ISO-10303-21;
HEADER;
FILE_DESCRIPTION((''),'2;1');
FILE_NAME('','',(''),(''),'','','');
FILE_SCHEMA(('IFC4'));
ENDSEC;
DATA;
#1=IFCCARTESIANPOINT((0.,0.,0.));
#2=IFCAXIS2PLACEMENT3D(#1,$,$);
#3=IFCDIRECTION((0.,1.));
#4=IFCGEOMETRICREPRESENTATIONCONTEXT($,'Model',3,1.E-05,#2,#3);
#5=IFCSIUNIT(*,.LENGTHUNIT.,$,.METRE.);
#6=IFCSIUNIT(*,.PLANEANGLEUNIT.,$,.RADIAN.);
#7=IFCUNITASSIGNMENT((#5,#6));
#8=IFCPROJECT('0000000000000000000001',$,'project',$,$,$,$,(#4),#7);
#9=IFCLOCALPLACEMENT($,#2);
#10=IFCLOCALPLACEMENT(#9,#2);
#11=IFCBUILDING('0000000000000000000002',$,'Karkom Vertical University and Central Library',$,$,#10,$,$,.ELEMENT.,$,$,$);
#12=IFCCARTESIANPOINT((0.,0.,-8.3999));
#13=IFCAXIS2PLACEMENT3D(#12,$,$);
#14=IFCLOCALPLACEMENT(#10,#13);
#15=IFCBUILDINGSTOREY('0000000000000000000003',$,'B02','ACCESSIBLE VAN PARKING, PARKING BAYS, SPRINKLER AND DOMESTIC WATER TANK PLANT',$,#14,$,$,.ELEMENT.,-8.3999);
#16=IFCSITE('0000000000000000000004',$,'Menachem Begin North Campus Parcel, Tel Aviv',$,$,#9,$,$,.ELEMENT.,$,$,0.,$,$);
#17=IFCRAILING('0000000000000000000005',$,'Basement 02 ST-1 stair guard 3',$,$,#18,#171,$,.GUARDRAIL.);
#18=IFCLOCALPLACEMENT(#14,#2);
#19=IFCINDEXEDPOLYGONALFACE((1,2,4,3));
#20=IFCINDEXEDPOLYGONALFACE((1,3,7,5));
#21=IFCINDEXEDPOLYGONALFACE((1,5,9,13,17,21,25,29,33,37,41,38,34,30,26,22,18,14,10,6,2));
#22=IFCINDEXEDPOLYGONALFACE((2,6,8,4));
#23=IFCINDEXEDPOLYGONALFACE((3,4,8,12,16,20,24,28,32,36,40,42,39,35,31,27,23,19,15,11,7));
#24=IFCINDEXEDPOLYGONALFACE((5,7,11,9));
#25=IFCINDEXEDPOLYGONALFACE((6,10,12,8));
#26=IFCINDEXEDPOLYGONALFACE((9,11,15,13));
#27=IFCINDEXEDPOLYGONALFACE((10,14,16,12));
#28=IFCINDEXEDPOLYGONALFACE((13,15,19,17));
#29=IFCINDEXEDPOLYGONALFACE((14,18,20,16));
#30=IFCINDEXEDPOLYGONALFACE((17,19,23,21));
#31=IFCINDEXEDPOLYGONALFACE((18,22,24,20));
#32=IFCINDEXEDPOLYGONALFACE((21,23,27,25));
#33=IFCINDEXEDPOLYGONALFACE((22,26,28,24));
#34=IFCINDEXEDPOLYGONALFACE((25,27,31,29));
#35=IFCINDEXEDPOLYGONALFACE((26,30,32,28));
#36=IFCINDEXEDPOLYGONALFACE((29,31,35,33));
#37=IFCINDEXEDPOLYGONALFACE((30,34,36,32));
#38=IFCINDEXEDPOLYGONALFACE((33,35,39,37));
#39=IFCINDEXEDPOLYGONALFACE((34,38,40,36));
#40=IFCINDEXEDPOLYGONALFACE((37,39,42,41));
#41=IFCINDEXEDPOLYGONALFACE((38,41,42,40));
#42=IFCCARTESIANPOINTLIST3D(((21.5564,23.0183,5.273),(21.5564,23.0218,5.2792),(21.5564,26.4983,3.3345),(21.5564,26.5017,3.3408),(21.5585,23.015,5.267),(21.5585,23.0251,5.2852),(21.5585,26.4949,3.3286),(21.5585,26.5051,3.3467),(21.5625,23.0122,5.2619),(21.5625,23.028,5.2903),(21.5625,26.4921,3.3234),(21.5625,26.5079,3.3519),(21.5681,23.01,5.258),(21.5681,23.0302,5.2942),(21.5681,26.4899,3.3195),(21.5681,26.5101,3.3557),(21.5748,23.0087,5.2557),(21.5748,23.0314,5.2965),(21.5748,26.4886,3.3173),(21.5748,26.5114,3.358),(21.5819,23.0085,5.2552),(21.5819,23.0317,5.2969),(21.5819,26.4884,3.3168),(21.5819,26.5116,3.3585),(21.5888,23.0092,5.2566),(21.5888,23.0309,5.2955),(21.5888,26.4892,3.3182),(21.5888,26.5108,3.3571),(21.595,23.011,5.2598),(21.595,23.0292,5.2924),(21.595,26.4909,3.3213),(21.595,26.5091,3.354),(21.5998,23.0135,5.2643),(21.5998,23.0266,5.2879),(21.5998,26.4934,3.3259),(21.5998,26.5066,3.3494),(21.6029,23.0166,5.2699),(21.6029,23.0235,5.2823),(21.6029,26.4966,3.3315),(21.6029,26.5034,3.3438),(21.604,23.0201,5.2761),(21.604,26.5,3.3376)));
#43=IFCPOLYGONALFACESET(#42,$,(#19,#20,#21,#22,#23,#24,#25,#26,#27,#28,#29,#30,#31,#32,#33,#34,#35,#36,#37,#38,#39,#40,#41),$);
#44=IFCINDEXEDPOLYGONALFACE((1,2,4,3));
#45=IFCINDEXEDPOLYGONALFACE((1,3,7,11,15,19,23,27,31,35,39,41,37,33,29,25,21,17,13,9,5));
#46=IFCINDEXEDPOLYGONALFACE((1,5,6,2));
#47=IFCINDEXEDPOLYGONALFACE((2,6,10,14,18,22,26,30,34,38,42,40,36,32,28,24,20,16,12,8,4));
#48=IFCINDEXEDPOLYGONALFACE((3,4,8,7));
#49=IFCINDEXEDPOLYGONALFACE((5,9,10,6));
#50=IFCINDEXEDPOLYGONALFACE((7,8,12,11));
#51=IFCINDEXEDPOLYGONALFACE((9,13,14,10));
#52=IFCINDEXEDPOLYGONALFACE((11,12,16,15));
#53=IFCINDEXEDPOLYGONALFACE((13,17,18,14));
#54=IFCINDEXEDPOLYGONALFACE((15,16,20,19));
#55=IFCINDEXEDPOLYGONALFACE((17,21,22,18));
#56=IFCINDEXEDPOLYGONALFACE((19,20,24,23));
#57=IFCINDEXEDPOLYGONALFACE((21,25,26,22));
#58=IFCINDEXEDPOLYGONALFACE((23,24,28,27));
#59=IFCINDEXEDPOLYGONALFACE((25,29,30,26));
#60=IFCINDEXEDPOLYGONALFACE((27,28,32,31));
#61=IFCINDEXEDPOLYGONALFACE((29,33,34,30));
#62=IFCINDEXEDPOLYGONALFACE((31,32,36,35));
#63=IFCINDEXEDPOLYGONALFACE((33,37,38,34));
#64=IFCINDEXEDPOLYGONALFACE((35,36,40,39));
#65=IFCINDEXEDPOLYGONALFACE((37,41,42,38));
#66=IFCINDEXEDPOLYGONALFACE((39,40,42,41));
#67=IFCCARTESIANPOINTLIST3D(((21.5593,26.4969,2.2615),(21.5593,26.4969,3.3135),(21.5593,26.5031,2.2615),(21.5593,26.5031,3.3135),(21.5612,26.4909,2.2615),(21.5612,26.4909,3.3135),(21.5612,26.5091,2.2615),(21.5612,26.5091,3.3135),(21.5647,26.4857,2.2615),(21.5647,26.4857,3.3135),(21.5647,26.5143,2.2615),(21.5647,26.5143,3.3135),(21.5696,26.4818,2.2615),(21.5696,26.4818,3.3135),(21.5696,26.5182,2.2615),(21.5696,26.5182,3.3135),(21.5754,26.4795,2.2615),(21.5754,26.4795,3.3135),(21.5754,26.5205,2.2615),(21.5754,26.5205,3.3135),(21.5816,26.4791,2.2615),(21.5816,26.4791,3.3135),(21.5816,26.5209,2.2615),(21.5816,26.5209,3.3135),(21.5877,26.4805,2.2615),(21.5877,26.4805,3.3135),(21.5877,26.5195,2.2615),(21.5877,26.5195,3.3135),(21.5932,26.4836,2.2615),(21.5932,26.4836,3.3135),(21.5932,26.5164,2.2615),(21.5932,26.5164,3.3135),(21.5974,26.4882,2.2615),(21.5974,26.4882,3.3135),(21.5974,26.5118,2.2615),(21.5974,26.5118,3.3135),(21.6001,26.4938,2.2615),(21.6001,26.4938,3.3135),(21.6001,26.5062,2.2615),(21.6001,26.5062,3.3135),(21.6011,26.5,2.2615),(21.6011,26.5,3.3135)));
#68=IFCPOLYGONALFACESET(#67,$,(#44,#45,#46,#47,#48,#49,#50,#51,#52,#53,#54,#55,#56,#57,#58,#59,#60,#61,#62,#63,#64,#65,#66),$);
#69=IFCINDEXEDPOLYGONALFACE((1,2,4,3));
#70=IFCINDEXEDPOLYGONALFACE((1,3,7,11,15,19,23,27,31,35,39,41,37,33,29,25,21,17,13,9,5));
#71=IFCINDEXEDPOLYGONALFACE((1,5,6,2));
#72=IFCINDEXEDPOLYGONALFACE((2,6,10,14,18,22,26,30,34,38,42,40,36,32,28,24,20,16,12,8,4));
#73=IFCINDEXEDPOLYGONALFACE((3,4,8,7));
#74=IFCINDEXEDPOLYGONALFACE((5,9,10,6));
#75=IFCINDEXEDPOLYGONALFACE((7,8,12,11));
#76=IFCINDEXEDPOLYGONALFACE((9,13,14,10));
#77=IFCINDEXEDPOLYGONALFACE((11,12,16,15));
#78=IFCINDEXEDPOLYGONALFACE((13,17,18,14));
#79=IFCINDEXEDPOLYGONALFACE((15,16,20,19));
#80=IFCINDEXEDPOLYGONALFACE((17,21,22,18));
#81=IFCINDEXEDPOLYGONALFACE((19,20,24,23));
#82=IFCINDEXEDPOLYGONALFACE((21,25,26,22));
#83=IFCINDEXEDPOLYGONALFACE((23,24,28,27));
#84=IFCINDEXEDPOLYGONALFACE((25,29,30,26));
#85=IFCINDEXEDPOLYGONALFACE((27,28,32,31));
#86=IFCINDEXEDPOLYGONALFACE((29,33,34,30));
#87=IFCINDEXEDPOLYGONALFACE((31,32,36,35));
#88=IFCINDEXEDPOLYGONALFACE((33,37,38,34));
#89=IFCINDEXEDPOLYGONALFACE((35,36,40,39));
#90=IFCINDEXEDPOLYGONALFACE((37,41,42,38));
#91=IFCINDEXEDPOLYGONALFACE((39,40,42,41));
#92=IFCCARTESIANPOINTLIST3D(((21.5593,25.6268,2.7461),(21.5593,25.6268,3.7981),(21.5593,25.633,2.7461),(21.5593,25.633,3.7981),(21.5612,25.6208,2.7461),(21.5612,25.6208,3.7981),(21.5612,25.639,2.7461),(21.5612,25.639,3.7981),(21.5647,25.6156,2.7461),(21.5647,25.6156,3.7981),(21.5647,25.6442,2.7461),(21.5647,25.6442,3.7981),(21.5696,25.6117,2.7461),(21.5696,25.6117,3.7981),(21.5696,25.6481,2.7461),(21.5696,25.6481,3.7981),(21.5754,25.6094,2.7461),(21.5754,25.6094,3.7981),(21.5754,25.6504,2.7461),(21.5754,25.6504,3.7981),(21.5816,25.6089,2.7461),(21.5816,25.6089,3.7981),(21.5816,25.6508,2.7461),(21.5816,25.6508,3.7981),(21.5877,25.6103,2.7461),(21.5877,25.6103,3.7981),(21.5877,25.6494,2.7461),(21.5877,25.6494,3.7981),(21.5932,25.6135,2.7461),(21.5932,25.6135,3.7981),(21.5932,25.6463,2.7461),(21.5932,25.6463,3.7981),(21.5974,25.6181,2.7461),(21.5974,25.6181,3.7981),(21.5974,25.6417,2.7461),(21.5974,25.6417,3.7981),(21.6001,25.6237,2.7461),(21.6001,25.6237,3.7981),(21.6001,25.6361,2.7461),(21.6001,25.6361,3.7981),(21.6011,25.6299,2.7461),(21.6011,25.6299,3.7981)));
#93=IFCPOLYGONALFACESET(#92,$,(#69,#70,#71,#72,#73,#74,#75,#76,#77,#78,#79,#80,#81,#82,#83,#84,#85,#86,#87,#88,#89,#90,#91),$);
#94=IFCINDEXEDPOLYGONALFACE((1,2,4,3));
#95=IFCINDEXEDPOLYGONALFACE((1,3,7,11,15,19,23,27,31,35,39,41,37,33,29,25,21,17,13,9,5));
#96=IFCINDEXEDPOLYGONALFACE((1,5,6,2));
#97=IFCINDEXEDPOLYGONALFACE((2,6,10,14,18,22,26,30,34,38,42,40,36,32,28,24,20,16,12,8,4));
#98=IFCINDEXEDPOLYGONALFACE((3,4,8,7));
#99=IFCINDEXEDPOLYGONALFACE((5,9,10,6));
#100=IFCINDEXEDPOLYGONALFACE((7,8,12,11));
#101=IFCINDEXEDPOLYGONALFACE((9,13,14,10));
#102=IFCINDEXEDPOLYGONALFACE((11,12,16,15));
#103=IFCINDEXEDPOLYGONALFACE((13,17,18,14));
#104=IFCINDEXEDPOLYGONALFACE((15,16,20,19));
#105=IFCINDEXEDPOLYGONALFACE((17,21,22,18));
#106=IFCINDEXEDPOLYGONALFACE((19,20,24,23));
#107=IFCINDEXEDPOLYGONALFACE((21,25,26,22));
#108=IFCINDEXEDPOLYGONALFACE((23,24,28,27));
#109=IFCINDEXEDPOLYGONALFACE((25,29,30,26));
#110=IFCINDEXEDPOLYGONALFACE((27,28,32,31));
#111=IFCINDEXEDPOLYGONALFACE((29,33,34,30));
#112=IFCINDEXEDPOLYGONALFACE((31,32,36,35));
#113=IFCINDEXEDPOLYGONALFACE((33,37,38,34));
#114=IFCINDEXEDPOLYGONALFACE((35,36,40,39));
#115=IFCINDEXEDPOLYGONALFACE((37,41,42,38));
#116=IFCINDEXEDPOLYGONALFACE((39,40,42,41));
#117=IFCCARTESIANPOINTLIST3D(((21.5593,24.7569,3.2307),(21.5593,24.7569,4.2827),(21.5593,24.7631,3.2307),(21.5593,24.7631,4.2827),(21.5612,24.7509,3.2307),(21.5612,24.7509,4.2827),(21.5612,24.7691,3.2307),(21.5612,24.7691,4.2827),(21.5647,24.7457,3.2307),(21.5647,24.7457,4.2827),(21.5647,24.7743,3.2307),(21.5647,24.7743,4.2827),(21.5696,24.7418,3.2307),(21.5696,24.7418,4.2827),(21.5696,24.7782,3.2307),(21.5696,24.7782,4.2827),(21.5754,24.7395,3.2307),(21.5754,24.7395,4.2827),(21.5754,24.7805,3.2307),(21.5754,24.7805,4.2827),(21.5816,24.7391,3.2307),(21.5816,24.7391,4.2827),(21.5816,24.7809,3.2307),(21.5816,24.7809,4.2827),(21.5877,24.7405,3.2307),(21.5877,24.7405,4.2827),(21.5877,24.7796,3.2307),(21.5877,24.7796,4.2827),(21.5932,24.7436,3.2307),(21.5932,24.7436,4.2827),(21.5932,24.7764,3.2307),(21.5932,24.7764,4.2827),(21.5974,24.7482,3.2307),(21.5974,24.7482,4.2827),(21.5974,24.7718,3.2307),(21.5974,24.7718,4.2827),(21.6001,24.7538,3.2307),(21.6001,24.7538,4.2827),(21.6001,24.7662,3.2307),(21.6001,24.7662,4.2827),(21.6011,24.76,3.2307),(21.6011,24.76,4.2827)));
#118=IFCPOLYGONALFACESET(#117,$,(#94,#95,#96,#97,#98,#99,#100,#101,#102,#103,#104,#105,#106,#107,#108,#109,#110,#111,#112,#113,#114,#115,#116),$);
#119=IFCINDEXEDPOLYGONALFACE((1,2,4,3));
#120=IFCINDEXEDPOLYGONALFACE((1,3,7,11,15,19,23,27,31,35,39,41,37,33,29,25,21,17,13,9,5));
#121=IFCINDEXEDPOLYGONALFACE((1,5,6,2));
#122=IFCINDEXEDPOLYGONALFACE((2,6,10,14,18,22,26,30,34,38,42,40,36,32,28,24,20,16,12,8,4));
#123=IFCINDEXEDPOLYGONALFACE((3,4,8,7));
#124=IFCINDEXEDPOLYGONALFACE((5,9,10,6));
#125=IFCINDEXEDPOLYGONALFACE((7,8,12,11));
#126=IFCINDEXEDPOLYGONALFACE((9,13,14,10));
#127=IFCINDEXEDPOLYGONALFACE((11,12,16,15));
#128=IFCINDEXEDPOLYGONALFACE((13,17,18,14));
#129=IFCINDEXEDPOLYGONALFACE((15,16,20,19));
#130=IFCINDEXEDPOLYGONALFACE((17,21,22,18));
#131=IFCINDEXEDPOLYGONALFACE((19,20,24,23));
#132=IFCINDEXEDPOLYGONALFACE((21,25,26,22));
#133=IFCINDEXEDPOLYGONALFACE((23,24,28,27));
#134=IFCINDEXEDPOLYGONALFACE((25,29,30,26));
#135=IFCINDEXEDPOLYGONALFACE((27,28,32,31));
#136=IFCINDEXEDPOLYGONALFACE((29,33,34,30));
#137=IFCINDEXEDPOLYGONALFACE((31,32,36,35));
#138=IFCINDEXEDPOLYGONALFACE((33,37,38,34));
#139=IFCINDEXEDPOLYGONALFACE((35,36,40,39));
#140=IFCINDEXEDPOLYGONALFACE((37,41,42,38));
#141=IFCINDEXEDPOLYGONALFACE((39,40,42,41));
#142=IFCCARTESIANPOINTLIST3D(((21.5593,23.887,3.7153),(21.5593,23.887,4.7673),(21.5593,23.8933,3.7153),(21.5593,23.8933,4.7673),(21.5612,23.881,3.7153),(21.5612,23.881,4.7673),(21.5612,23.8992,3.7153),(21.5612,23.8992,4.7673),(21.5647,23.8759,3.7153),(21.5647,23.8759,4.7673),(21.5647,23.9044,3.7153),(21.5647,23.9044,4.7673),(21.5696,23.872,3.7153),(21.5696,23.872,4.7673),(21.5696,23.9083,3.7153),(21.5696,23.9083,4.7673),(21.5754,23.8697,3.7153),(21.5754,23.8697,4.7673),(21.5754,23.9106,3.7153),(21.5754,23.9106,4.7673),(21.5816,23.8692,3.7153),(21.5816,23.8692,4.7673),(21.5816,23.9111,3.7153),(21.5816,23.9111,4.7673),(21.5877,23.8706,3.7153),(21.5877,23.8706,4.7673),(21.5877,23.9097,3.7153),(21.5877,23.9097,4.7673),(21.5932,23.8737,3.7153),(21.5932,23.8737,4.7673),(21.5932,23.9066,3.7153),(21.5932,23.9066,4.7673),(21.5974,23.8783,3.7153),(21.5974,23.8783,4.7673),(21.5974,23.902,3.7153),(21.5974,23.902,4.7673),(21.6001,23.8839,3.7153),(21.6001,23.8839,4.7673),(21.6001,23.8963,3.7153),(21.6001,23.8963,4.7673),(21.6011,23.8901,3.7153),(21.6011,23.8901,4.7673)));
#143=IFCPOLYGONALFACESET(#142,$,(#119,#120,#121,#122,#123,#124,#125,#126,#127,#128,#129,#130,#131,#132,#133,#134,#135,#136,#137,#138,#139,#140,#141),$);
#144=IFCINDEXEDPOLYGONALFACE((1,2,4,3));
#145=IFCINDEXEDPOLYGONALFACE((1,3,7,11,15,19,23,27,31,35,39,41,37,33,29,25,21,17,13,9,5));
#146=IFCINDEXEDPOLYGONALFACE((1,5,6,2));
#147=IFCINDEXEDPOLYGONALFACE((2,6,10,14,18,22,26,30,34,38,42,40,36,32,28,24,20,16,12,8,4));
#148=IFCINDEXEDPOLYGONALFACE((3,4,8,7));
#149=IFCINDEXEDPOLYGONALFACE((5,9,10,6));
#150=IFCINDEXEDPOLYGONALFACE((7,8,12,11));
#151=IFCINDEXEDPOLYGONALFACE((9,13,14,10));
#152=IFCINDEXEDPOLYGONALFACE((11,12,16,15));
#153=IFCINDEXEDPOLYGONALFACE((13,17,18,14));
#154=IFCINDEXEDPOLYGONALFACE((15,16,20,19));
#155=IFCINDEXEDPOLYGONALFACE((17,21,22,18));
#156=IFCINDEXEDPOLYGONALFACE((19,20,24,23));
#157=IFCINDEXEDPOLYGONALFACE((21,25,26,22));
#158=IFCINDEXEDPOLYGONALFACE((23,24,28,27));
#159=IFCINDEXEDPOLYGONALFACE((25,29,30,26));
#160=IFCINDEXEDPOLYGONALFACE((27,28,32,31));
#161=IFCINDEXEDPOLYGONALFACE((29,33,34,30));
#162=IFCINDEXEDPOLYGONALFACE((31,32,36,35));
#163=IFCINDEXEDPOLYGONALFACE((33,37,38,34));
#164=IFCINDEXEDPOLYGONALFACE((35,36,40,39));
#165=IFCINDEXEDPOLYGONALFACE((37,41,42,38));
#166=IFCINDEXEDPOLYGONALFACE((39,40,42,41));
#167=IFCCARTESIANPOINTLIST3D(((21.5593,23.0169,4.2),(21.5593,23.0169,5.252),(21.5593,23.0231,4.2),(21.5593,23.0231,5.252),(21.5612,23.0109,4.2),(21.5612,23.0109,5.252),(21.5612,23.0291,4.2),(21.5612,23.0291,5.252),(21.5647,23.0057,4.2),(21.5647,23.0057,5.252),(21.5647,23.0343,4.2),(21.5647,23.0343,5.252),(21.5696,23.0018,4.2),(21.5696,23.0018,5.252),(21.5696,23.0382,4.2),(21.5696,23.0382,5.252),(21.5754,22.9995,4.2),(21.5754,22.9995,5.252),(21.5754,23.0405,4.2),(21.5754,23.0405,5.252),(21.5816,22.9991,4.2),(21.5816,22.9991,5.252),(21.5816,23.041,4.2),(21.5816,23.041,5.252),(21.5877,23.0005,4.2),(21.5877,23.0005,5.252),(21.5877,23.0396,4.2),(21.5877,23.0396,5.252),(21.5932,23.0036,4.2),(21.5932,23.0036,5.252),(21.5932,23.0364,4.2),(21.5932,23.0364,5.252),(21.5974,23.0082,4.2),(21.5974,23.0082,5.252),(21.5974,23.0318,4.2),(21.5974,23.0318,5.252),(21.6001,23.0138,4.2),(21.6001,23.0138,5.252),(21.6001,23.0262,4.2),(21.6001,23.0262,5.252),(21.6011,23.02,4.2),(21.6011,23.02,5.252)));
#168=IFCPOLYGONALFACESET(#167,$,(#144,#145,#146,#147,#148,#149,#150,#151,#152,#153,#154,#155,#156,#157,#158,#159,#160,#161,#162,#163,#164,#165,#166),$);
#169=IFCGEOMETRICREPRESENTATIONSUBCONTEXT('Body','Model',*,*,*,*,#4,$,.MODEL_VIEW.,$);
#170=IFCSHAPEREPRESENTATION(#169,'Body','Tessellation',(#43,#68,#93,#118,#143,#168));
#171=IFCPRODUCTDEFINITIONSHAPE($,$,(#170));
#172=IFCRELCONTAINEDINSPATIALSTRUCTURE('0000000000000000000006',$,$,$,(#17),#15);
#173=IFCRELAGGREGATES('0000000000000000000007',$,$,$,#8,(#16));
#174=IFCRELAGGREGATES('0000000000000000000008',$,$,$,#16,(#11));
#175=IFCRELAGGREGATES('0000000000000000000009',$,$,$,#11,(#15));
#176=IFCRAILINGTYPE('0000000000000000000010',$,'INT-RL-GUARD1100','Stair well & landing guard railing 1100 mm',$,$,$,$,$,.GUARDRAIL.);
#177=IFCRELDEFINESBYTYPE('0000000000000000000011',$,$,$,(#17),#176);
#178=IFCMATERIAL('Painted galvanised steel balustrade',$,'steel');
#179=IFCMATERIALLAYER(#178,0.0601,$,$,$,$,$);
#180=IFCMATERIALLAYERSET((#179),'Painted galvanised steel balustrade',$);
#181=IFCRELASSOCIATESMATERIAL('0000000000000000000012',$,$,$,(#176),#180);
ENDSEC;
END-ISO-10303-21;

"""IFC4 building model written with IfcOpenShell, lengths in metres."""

from ifc_helpers import new_model, si_unit, direction, frame, origin, origin_2d, place, context, subcontext, project, spatial, circle, extrude, material, layer, layer_set, type_object, element, save


model = new_model("IFC4")

# Units and contexts
model_context = context("Model", 3, precision=1e-05, world=origin(), true_north=direction((0.0, 1.0)))
body_context = subcontext(model_context, "Body", "Model", "MODEL_VIEW")
ifc_project = project(units=[si_unit("LENGTHUNIT", "METRE"), si_unit("PLANEANGLEUNIT", "RADIAN")], contexts=[model_context])

# Site, building, storey
site_placement = place(None, origin())
site = spatial("IfcSite", under=ifc_project, at=site_placement, Name="Menachem Begin North Campus Parcel, Tel Aviv", CompositionType="ELEMENT", RefElevation=0.0)
building_placement = place(site_placement, origin())
building = spatial("IfcBuilding", under=site, at=building_placement, Name="Karkom Vertical University and Central Library", CompositionType="ELEMENT")
storey_placement = place(building_placement, frame((0.0, 0.0, -8.3999)))
storey = spatial("IfcBuildingStorey", under=building, at=storey_placement, Name="B02", Description="ACCESSIBLE VAN PARKING, PARKING BAYS, SPRINKLER AND DOMESTIC WATER TANK PLANT", CompositionType="ELEMENT", Elevation=-8.3999)

# Railing
ifc_material_1 = material(Name="Painted galvanised steel balustrade", Category="steel")
ifc_layer_1 = layer(ifc_material_1, 0.0601)
ifc_layer_set_1 = layer_set([ifc_layer_1], Name="Painted galvanised steel balustrade")
railing_type_1 = type_object("IfcRailingType", Name="INT-RL-GUARD1100", Description="Stair well & landing guard railing 1100 mm", PredefinedType="GUARDRAIL", material=ifc_layer_set_1)
railing_1_placement = place(storey_placement, frame((21.5801, 26.5, 2.2615)))
element("IfcRailing", 1, at=railing_1_placement, inside=storey, type_object=railing_type_1, Name="Basement 02 ST-1 stair guard 3", PredefinedType="GUARDRAIL", context=body_context, shape_type="SweptSolid", body=[
    extrude(circle(Radius=0.0239, at=origin_2d()), frame((0.0, 0.0, 1.0762), z_axis=(0.0, -0.873607, 0.486631), x_axis=(1.0, 0.0, 0.0)), (0.0, 0.0, 1.0), 3.9834),
    extrude(circle(Radius=0.021, at=origin_2d()), origin(), (0.0, 0.0, 1.0), 1.052),
    extrude(circle(Radius=0.021, at=origin_2d()), frame((0.0, -0.8701, 0.4846)), (0.0, 0.0, 1.0), 1.052),
    extrude(circle(Radius=0.021, at=origin_2d()), frame((0.0, -1.74, 0.9692)), (0.0, 0.0, 1.0), 1.052),
    extrude(circle(Radius=0.021, at=origin_2d()), frame((0.0, -2.6099, 1.4539)), (0.0, 0.0, 1.0), 1.052),
    extrude(circle(Radius=0.021, at=origin_2d()), frame((0.0, -3.48, 1.9385)), (0.0, 0.0, 1.0), 1.052),
])

save(model, "model.ifc")
